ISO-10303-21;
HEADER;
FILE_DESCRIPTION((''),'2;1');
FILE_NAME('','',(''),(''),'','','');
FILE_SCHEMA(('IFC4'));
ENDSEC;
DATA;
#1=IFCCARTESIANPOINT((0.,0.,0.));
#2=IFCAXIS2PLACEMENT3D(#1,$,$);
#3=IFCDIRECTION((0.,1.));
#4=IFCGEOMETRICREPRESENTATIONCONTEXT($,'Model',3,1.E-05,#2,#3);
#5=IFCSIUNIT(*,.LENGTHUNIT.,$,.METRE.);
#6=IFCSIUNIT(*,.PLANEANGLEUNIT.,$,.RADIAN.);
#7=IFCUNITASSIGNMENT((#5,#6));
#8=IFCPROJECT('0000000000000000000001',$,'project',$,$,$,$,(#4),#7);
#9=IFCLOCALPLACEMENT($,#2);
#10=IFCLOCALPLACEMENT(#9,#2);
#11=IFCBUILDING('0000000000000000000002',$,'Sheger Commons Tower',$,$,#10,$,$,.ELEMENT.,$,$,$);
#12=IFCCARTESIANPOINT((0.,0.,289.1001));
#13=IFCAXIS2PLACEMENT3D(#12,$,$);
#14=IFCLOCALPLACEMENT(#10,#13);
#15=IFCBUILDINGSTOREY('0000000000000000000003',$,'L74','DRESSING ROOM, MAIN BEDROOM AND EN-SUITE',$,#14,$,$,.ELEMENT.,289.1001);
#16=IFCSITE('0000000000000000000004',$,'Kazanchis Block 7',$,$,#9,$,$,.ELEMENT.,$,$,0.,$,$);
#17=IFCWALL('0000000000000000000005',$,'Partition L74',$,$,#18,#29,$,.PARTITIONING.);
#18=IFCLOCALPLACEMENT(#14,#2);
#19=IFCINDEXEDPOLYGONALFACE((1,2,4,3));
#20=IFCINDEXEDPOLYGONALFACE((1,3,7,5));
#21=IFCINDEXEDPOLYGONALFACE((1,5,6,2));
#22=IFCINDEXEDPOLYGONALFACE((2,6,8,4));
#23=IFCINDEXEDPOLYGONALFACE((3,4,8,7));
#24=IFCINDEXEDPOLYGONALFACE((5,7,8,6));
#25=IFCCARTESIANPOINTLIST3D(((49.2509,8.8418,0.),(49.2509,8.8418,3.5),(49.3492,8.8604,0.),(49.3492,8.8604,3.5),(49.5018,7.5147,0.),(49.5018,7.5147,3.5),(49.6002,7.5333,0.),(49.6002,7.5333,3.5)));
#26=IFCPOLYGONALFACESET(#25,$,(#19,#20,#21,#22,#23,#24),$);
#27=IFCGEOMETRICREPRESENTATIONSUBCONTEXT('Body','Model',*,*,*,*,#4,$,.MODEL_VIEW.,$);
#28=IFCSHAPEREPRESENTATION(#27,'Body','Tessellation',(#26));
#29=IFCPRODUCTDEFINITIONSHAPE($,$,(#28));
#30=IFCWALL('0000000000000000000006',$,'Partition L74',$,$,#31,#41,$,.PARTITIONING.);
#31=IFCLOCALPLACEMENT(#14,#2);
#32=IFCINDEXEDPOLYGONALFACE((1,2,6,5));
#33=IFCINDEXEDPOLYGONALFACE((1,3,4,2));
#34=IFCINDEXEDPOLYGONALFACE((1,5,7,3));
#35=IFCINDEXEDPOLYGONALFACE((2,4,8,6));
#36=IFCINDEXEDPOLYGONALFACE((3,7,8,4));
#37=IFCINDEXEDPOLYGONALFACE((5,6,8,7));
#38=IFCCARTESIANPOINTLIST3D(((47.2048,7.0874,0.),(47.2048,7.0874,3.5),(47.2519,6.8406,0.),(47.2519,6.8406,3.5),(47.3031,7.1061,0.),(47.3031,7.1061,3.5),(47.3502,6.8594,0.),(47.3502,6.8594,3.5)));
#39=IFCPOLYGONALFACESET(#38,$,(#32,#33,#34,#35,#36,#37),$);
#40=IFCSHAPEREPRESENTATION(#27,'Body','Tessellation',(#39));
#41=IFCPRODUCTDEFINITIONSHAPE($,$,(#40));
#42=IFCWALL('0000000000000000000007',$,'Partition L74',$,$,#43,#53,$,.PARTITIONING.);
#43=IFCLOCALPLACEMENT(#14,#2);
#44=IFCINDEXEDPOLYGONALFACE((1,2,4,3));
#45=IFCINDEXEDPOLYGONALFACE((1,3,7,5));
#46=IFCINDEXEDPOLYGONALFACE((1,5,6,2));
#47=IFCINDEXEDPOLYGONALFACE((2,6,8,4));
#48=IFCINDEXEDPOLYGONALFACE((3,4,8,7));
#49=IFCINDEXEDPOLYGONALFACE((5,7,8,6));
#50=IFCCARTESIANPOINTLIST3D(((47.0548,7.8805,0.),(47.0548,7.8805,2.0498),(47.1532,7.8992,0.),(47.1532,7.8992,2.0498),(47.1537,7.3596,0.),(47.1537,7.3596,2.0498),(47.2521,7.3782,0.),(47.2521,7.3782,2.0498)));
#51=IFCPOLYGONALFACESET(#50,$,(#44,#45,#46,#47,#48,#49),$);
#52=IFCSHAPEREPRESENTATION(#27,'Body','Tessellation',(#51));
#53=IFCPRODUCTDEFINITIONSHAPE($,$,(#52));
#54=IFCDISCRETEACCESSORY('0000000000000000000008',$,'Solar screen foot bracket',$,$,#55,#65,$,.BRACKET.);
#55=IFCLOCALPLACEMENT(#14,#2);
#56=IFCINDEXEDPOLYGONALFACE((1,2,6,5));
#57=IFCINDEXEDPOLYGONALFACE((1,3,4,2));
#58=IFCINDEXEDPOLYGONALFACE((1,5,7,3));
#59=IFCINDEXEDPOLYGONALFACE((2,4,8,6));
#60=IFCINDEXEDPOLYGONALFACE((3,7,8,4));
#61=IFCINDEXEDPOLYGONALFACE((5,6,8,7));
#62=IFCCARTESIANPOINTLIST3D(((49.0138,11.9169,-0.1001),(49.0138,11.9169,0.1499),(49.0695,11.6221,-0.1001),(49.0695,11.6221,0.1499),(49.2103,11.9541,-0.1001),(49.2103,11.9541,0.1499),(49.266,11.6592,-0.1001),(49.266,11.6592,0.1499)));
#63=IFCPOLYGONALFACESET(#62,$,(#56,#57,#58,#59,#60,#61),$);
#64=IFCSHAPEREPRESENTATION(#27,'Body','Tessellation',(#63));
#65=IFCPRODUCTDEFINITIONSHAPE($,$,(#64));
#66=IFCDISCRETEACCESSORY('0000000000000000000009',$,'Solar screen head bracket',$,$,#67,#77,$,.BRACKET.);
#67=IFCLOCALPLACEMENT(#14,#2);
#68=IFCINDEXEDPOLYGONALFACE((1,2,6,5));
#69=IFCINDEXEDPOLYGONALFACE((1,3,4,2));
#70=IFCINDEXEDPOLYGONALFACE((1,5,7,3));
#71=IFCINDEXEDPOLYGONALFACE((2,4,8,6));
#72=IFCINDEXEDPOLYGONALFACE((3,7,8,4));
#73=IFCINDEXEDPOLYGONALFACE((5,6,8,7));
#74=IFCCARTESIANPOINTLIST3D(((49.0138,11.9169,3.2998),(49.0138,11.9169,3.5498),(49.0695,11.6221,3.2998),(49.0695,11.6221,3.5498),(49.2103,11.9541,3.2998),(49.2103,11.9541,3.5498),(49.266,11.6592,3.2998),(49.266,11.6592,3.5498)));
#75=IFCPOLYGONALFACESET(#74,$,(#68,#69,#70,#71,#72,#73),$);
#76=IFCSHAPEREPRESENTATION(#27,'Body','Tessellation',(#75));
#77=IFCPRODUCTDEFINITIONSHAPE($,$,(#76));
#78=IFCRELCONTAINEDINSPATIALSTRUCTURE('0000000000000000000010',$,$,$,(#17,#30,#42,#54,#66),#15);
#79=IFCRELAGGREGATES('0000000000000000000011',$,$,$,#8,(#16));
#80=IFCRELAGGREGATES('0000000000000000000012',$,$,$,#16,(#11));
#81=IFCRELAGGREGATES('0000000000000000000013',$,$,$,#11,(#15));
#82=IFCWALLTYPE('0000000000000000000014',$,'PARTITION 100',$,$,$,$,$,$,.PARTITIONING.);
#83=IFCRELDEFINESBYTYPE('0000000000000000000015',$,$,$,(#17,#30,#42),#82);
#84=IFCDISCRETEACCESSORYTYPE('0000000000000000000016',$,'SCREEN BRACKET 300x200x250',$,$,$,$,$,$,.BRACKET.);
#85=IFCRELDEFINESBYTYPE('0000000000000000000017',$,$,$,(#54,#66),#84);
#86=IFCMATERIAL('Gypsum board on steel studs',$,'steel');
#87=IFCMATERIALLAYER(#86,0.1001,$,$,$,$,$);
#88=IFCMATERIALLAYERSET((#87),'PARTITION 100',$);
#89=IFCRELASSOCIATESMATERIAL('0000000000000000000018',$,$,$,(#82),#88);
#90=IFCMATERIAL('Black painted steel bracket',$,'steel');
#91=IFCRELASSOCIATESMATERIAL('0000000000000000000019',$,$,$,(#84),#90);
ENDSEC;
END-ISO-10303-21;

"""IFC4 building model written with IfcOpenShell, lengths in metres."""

from ifc_helpers import new_model, si_unit, direction, frame, frame_2d, origin, origin_2d, place, context, subcontext, project, spatial, rectangle, extrude, material, layer, layer_set, type_object, element, save


model = new_model("IFC4")

# Units and contexts
model_context = context("Model", 3, precision=1e-05, world=origin(), true_north=direction((0.0, 1.0)))
body_context = subcontext(model_context, "Body", "Model", "MODEL_VIEW")
ifc_project = project(units=[si_unit("LENGTHUNIT", "METRE"), si_unit("PLANEANGLEUNIT", "RADIAN")], contexts=[model_context])

# Site, building, storey
site_placement = place(None, origin())
site = spatial("IfcSite", under=ifc_project, at=site_placement, Name="Kazanchis Block 7", CompositionType="ELEMENT", RefElevation=0.0)
building_placement = place(site_placement, origin())
building = spatial("IfcBuilding", under=site, at=building_placement, Name="Sheger Commons Tower", CompositionType="ELEMENT")
storey_placement = place(building_placement, frame((0.0, 0.0, 289.1001)))
storey = spatial("IfcBuildingStorey", under=building, at=storey_placement, Name="L74", Description="DRESSING ROOM, MAIN BEDROOM AND EN-SUITE", CompositionType="ELEMENT", Elevation=289.1001)

# Walls
ifc_material_1 = material(Name="Gypsum board on steel studs", Category="steel")
ifc_layer_1 = layer(ifc_material_1, 0.1001)
ifc_layer_set_1 = layer_set([ifc_layer_1], Name="PARTITION 100")
wall_type_1 = type_object("IfcWallType", Name="PARTITION 100", PredefinedType="PARTITIONING", material=ifc_layer_set_1)
wall_1_placement = place(storey_placement, frame((49.3, 8.8511, 0.0), z_axis=(0.0, 0.0, 1.0), x_axis=(0.185816, -0.982585, 0.0)))
element("IfcWall", 1, at=wall_1_placement, inside=storey, type_object=wall_type_1, Name="Partition L74", PredefinedType="PARTITIONING", context=body_context, shape_type="SweptSolid", body=[
    extrude(rectangle(XDim=1.3506, YDim=0.1001, at=frame_2d((0.6753, 0.0))), origin(), (0.0, 0.0, 1.0), 3.5),
])
wall_2_placement = place(storey_placement, frame((47.301, 6.8501, 0.0), z_axis=(0.0, 0.0, 1.0), x_axis=(-0.187514, 0.982262, 0.0)))
element("IfcWall", 2, at=wall_2_placement, inside=storey, type_object=wall_type_1, Name="Partition L74", PredefinedType="PARTITIONING", context=body_context, shape_type="SweptSolid", body=[
    extrude(rectangle(XDim=0.2512, YDim=0.1001, at=frame_2d((0.1255, 0.0))), origin(), (0.0, 0.0, 1.0), 3.5),
])
wall_3_placement = place(storey_placement, frame((47.2029, 7.3689, 0.0), z_axis=(0.0, 0.0, 1.0), x_axis=(-0.186456, 0.982463, 0.0)))
element("IfcWall", 3, at=wall_3_placement, inside=storey, type_object=wall_type_1, Name="Partition L74", PredefinedType="PARTITIONING", context=body_context, shape_type="SweptSolid", body=[
    extrude(rectangle(XDim=0.5303, YDim=0.1001, at=frame_2d((0.2651, 0.0))), origin(), (0.0, 0.0, 1.0), 2.0498),
])

# Discrete accessories
ifc_material_2 = material(Name="Black painted steel bracket", Category="steel")
discrete_accessory_type = type_object("IfcDiscreteAccessoryType", Name="SCREEN BRACKET 300x200x250", PredefinedType="BRACKET", material=ifc_material_2)
for number, where, z_axis, x_axis, name in (
    (4, (49.1399, 11.7881, -0.1001), (0.0, 0.0, 1.0), (-0.185615, 0.982623, 0.0), "Solar screen foot bracket"),
    (5, (49.1399, 11.7881, 3.2998), (0.0, 0.0, 1.0), (-0.185615, 0.982623, 0.0), "Solar screen head bracket"),
):
    element("IfcDiscreteAccessory", number, at=place(storey_placement, frame(where, z_axis=z_axis, x_axis=x_axis)), inside=storey, type_object=discrete_accessory_type, Name=name, PredefinedType="BRACKET", context=body_context, shape_type="SweptSolid", body=[
        extrude(rectangle(XDim=0.3, YDim=0.2, at=origin_2d()), origin(), (0.0, 0.0, 1.0), 0.25),
    ])

save(model, "model.ifc")
